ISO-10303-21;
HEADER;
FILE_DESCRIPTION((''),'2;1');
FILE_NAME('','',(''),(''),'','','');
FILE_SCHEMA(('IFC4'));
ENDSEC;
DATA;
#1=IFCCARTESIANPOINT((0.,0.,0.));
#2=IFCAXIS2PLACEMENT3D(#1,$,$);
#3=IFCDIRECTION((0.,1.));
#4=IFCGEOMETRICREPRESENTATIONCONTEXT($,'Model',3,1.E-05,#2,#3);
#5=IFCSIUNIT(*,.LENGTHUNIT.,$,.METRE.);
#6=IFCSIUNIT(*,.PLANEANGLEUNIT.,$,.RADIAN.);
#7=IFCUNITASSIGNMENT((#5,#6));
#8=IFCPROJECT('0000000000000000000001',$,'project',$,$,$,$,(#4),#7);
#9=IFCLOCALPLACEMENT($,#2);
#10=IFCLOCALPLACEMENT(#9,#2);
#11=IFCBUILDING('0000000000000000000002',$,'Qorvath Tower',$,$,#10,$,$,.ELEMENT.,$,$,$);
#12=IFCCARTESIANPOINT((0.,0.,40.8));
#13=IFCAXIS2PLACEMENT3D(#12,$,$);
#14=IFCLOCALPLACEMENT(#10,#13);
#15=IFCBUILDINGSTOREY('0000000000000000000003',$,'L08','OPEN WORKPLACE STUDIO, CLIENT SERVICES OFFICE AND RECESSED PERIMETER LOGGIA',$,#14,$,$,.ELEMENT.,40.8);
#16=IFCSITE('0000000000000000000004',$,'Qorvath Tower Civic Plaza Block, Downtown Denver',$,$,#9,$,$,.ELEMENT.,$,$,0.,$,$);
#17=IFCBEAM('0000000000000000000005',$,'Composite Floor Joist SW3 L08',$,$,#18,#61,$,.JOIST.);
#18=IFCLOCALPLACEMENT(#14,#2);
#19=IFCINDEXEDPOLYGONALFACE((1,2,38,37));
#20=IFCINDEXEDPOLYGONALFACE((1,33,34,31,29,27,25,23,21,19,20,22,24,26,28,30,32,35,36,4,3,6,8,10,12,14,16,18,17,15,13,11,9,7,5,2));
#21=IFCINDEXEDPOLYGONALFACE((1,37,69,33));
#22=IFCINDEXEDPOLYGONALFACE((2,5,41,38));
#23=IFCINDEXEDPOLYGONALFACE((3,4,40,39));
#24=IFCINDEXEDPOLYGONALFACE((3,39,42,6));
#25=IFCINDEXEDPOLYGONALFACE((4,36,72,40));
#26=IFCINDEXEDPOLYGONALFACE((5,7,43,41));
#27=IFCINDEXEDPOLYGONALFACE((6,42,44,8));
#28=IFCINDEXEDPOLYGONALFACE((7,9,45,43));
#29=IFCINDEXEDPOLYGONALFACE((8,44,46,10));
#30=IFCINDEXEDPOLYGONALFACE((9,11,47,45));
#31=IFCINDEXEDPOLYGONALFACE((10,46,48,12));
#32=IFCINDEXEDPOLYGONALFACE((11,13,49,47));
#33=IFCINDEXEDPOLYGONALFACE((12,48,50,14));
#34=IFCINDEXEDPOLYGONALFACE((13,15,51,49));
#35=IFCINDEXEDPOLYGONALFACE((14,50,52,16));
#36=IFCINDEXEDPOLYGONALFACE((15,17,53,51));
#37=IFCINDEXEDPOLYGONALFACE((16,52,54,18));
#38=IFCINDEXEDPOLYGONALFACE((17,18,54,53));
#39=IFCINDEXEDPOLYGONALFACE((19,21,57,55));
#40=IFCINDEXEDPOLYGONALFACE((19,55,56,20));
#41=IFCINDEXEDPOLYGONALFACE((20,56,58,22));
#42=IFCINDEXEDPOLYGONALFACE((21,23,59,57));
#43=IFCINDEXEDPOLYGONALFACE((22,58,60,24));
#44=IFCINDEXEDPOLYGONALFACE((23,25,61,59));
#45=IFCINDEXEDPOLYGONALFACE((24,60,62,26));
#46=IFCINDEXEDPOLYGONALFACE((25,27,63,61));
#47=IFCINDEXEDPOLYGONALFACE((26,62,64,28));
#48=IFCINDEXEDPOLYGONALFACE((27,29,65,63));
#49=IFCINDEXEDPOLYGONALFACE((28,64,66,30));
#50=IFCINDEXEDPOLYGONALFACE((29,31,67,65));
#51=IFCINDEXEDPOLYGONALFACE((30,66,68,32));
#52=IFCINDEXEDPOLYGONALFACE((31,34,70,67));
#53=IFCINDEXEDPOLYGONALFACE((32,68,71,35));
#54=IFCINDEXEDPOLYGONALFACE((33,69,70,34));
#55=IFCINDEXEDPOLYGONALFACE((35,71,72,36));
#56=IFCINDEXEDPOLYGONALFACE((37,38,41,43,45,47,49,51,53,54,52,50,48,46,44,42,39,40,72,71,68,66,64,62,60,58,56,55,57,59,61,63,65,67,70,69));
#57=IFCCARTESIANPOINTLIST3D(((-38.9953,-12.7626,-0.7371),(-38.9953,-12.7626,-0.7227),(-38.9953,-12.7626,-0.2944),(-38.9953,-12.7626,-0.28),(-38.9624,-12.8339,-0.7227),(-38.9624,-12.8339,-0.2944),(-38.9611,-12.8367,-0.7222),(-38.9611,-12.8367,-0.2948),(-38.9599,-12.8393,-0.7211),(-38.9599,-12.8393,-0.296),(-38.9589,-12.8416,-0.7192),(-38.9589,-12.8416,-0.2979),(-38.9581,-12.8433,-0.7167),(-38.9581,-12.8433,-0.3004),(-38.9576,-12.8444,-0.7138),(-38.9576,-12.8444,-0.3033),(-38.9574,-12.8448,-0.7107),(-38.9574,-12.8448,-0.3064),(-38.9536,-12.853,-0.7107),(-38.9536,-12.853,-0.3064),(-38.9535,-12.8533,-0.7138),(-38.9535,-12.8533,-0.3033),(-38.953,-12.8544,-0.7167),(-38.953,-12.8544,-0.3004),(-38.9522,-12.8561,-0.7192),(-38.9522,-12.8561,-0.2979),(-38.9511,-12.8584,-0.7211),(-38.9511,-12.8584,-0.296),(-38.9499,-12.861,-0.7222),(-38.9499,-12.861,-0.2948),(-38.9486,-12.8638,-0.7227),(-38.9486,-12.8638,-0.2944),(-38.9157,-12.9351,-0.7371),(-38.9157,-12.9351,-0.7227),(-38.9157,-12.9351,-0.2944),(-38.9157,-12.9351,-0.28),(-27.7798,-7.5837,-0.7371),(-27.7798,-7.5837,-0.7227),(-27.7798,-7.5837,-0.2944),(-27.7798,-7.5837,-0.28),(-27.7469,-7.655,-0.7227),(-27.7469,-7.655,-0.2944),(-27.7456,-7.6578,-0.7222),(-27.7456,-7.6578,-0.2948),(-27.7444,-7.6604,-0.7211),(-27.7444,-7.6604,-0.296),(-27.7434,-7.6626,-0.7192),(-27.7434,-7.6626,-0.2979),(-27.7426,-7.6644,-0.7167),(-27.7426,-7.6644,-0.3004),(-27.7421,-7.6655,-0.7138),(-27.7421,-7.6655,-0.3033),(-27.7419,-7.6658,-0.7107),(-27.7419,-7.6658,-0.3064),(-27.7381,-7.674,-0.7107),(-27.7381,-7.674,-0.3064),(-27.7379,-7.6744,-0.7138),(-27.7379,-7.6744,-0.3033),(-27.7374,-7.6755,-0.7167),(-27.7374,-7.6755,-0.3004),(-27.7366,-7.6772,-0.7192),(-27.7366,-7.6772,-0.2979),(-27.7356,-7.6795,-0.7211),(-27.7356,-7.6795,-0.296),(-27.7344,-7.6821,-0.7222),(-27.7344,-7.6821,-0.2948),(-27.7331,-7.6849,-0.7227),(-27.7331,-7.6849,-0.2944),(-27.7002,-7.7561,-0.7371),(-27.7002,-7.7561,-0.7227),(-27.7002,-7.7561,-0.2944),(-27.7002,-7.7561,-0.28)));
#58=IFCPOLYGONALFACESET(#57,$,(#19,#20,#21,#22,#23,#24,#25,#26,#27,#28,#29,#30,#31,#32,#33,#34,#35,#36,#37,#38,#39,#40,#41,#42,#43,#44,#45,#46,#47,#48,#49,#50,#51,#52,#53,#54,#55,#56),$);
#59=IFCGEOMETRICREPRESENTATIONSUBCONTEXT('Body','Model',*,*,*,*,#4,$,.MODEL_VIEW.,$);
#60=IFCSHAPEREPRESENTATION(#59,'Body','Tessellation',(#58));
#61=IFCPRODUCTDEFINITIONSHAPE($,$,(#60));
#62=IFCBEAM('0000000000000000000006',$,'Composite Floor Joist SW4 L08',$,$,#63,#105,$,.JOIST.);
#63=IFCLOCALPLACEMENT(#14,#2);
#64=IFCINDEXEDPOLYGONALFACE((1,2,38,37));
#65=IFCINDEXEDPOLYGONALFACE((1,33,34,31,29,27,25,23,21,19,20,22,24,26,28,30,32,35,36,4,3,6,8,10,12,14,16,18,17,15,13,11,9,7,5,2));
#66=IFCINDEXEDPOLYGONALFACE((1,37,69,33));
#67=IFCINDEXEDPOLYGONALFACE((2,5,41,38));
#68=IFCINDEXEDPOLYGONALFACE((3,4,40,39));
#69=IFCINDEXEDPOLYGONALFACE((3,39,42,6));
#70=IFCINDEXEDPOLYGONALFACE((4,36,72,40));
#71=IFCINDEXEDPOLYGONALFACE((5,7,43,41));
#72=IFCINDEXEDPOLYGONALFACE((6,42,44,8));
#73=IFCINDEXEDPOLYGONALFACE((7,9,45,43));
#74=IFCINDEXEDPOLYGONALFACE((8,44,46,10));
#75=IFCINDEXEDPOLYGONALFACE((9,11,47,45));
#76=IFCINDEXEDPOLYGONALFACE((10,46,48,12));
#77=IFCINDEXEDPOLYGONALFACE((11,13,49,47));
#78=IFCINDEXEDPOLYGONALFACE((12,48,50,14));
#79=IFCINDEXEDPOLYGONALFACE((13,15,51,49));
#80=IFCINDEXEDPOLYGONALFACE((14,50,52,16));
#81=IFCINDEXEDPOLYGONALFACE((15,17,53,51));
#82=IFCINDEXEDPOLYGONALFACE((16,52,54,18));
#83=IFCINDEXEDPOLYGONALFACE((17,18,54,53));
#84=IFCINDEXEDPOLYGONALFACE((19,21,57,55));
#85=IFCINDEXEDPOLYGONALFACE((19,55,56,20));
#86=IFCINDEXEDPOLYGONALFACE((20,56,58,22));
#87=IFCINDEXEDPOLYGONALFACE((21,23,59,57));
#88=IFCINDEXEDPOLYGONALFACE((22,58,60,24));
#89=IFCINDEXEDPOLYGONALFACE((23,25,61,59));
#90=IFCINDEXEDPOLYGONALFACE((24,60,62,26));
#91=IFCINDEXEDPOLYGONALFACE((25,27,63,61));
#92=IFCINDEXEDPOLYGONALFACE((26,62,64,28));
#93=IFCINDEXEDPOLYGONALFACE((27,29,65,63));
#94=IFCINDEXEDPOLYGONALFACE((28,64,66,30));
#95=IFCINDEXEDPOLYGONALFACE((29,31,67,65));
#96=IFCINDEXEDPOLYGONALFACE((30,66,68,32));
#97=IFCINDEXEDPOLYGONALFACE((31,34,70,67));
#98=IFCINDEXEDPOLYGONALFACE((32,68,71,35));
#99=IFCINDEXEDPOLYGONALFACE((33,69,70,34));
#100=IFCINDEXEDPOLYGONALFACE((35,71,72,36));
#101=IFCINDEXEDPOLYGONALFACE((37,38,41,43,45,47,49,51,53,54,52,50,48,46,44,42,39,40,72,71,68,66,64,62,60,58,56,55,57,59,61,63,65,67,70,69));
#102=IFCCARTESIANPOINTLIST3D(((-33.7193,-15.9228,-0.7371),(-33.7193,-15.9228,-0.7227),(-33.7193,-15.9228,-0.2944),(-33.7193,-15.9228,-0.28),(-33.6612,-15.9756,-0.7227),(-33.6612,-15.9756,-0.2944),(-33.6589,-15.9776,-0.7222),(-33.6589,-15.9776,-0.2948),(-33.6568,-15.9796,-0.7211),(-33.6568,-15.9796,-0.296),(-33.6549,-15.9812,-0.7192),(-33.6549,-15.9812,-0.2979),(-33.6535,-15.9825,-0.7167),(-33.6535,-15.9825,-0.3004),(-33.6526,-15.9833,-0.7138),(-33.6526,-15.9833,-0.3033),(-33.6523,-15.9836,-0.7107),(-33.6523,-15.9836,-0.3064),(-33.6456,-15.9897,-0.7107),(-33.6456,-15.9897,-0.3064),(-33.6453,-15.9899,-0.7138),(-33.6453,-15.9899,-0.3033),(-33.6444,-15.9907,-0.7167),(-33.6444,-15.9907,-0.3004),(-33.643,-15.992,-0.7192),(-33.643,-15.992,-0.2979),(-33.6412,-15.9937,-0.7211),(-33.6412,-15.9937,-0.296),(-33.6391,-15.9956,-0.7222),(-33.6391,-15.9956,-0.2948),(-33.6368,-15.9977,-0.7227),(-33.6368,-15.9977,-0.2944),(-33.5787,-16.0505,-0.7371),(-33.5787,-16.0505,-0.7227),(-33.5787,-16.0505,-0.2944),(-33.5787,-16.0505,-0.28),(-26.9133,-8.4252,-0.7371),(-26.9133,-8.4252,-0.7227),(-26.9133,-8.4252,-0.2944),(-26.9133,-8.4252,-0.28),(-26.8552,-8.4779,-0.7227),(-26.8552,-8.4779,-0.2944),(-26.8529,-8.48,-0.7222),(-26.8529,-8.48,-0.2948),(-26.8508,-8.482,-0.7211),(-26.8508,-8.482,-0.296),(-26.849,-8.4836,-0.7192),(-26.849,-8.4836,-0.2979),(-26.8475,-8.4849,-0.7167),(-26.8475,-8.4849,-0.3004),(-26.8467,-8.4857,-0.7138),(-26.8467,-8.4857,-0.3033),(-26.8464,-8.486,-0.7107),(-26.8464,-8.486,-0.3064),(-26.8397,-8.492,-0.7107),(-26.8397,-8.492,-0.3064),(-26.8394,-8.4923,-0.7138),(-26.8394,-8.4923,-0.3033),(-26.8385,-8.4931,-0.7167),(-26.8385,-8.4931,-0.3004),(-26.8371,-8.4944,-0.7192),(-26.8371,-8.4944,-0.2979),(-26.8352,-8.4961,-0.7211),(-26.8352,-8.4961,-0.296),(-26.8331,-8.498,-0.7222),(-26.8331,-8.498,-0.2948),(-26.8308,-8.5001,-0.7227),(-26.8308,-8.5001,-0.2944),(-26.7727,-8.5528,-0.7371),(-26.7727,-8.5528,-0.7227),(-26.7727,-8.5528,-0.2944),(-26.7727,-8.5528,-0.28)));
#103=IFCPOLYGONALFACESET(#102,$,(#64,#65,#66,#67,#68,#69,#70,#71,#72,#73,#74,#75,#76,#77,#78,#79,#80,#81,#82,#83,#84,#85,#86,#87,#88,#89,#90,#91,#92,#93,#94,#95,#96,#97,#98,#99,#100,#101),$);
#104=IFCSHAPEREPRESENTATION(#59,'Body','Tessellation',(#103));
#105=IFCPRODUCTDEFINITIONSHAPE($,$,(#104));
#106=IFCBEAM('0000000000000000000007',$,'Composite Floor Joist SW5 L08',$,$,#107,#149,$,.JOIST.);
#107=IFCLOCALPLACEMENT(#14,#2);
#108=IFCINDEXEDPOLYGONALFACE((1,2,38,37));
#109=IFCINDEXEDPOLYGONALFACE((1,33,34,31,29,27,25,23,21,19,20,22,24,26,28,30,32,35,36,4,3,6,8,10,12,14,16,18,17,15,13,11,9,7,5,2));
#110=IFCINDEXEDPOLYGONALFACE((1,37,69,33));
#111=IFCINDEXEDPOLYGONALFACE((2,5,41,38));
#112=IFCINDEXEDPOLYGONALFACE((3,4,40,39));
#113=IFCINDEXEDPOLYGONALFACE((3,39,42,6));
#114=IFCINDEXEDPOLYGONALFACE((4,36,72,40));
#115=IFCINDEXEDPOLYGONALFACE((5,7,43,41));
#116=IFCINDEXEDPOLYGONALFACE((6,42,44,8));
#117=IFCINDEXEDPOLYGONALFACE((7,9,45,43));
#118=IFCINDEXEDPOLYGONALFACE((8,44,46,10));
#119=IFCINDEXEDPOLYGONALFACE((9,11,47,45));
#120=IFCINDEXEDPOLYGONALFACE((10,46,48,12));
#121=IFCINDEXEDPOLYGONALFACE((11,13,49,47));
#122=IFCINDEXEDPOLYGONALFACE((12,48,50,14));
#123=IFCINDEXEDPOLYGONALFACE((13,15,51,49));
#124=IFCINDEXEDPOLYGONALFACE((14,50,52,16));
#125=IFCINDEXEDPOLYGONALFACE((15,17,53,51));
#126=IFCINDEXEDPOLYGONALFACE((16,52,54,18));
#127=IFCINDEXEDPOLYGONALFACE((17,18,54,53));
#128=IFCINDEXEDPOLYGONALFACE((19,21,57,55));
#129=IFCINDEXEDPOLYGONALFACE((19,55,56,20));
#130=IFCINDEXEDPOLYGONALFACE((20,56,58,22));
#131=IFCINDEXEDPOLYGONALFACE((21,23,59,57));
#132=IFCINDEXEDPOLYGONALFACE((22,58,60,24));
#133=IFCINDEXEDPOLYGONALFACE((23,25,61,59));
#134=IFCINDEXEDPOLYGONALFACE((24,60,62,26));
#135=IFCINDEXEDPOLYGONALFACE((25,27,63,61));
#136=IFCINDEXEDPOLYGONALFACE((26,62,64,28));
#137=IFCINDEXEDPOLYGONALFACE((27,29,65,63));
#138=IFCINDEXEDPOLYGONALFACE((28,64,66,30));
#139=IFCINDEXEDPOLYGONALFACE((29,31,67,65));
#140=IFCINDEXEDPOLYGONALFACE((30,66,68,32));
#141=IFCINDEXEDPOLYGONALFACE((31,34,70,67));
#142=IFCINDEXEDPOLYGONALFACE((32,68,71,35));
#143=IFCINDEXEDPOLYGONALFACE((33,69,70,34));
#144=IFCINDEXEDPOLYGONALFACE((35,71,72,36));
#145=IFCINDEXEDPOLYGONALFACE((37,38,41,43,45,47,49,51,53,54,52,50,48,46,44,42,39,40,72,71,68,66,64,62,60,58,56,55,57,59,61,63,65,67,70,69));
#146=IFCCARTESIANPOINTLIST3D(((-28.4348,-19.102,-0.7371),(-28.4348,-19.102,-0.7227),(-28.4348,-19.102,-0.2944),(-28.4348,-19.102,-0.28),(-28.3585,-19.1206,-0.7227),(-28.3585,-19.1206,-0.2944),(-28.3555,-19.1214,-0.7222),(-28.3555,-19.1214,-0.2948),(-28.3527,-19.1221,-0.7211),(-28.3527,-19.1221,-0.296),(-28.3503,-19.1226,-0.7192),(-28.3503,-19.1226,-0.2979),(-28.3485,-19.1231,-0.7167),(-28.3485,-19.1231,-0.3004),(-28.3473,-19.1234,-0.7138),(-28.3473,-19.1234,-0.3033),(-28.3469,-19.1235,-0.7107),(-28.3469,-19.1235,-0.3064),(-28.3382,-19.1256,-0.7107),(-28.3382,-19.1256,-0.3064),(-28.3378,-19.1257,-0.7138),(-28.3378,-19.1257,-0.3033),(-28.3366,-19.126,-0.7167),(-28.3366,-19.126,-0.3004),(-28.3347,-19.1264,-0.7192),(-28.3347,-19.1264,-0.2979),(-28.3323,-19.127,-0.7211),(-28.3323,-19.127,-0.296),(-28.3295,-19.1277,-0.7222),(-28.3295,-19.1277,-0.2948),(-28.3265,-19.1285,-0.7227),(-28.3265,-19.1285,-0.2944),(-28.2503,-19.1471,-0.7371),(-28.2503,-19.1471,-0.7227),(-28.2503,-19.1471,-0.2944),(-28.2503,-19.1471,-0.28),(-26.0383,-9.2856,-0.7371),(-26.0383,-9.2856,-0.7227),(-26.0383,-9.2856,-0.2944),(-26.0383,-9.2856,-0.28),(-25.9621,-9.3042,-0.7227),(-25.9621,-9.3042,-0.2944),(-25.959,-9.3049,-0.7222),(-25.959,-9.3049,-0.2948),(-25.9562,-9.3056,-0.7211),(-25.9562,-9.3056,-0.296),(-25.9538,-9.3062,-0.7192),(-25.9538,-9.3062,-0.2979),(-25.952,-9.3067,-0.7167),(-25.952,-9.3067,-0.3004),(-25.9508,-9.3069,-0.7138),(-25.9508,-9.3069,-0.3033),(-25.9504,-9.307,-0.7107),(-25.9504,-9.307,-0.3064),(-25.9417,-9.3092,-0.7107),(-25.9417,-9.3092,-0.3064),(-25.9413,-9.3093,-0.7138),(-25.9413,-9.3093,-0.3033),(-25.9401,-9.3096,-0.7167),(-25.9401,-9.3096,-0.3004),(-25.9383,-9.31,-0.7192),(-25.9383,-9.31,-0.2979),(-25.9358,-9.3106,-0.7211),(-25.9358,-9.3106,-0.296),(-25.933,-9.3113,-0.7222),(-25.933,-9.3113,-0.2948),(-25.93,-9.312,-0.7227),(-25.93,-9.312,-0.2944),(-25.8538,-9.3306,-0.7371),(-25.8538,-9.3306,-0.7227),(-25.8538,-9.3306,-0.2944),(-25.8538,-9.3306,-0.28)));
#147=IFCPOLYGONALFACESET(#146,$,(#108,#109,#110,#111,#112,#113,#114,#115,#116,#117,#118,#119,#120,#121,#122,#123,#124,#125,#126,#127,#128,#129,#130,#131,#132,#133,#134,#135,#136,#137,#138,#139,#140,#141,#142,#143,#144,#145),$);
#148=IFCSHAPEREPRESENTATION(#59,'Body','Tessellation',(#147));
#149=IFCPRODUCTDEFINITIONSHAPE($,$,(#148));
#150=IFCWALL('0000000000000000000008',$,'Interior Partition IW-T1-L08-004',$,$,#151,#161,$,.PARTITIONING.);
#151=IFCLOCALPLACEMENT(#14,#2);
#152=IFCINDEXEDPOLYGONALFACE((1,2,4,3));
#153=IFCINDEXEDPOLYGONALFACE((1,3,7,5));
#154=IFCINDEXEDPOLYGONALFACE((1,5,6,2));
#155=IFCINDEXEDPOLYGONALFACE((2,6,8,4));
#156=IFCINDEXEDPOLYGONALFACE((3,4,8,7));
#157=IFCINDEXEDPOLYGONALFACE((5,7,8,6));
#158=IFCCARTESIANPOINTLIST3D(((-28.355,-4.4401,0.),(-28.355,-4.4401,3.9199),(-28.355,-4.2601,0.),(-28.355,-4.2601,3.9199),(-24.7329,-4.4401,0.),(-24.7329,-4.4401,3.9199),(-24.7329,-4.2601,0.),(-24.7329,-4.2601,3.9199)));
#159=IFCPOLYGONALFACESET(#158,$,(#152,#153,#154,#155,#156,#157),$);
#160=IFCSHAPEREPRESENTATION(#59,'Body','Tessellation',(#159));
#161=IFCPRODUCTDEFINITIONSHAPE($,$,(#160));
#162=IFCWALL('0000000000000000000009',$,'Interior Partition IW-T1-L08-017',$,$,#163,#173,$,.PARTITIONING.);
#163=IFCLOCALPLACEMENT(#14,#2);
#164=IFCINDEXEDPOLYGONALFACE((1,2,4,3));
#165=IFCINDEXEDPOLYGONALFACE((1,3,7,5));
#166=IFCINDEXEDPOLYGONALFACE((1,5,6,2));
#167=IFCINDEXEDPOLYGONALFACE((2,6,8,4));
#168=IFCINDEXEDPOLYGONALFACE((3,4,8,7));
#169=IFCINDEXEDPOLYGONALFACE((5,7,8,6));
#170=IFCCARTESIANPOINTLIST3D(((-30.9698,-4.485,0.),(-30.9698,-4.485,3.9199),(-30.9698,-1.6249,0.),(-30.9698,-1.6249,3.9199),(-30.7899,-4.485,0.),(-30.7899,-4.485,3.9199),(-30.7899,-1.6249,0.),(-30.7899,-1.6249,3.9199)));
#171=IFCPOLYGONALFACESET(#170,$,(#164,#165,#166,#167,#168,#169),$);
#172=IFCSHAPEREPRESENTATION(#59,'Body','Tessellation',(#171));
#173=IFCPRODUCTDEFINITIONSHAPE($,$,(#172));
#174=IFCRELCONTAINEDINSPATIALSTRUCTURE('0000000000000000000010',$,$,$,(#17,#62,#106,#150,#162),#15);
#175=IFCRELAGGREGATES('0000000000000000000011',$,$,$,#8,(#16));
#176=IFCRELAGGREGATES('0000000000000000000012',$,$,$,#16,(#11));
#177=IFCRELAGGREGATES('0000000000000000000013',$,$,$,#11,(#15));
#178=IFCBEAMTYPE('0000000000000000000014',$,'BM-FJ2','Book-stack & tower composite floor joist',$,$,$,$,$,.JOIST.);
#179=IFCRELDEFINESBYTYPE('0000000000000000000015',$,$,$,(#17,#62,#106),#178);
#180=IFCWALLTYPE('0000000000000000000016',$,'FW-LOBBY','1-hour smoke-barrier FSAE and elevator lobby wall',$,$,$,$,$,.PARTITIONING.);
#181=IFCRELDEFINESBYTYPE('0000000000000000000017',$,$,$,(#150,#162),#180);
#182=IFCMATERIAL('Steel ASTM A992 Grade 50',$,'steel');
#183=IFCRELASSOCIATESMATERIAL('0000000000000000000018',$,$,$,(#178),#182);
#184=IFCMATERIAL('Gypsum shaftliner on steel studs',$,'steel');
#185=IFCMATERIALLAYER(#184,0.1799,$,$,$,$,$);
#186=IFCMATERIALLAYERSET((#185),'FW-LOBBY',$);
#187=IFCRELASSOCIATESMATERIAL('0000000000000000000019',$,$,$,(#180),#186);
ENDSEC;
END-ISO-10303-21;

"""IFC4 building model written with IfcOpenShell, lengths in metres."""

from ifc_helpers import new_model, si_unit, direction, frame, frame_2d, origin, origin_2d, place, context, subcontext, project, spatial, rectangle, i_section, extrude, material, layer, layer_set, material_profile, profile_set, type_object, element, save


model = new_model("IFC4")

# Units and contexts
model_context = context("Model", 3, precision=1e-05, world=origin(), true_north=direction((0.0, 1.0)))
body_context = subcontext(model_context, "Body", "Model", "MODEL_VIEW")
ifc_project = project(units=[si_unit("LENGTHUNIT", "METRE"), si_unit("PLANEANGLEUNIT", "RADIAN")], contexts=[model_context])

# Site, building, storey
site_placement = place(None, origin())
site = spatial("IfcSite", under=ifc_project, at=site_placement, Name="Qorvath Tower Civic Plaza Block, Downtown Denver", CompositionType="ELEMENT", RefElevation=0.0)
building_placement = place(site_placement, origin())
building = spatial("IfcBuilding", under=site, at=building_placement, Name="Qorvath Tower", CompositionType="ELEMENT")
storey_placement = place(building_placement, frame((0.0, 0.0, 40.8)))
storey = spatial("IfcBuildingStorey", under=building, at=storey_placement, Name="L08", Description="OPEN WORKPLACE STUDIO, CLIENT SERVICES OFFICE AND RECESSED PERIMETER LOGGIA", CompositionType="ELEMENT", Elevation=40.8)

# Beams
ifc_material_1 = material(Name="Steel ASTM A992 Grade 50", Category="steel")
ifc_material_profile_1 = material_profile(ifc_material_1, i_section(OverallWidth=0.1899, OverallDepth=0.457, WebThickness=0.009, FlangeThickness=0.0144, FilletRadius=0.012, at=origin_2d()), Name="W18x50")
ifc_profile_set_1 = profile_set([ifc_material_profile_1], Name="Steel ASTM A992 Grade 50")
beam_type_1 = type_object("IfcBeamType", Name="BM-FJ2", Description="Book-stack & tower composite floor joist", PredefinedType="JOIST", material=ifc_profile_set_1)
beam_1_placement = place(storey_placement, frame((-27.74, -7.6699, -0.5085), z_axis=(-0.907881, -0.419227, 0.0), x_axis=(0.419227, -0.907881, 0.0)))
element("IfcBeam", 1, at=beam_1_placement, inside=storey, type_object=beam_type_1, Name="Composite Floor Joist SW3 L08", PredefinedType="JOIST", context=body_context, shape_type="SweptSolid", body=[
    extrude(i_section(OverallWidth=0.1899, OverallDepth=0.457, WebThickness=0.009, FlangeThickness=0.0144, FilletRadius=0.012, at=origin_2d()), origin(), (0.0, 0.0, 1.0), 12.3535),
])
beam_2_placement = place(storey_placement, frame((-26.843, -8.489, -0.5085), z_axis=(-0.672129, -0.740434, 0.0), x_axis=(0.740434, -0.672129, 0.0)))
element("IfcBeam", 2, at=beam_2_placement, inside=storey, type_object=beam_type_1, Name="Composite Floor Joist SW4 L08", PredefinedType="JOIST", context=body_context, shape_type="SweptSolid", body=[
    extrude(i_section(OverallWidth=0.1899, OverallDepth=0.457, WebThickness=0.009, FlangeThickness=0.0144, FilletRadius=0.012, at=origin_2d()), origin(), (0.0, 0.0, 1.0), 10.126),
])
beam_3_placement = place(storey_placement, frame((-25.946, -9.3081, -0.5085), z_axis=(-0.237165, -0.971469, 0.0), x_axis=(0.971469, -0.237165, 0.0)))
element("IfcBeam", 3, at=beam_3_placement, inside=storey, type_object=beam_type_1, Name="Composite Floor Joist SW5 L08", PredefinedType="JOIST", context=body_context, shape_type="SweptSolid", body=[
    extrude(i_section(OverallWidth=0.1899, OverallDepth=0.457, WebThickness=0.009, FlangeThickness=0.0144, FilletRadius=0.012, at=origin_2d()), origin(), (0.0, 0.0, 1.0), 10.1047),
])

# Shared definitions
ifc_material_2 = material(Name="Gypsum shaftliner on steel studs", Category="steel")
ifc_layer_1 = layer(ifc_material_2, 0.1799)
ifc_layer_set_1 = layer_set([ifc_layer_1], Name="FW-LOBBY")
wall_type_1 = type_object("IfcWallType", Name="FW-LOBBY", Description="1-hour smoke-barrier FSAE and elevator lobby wall", PredefinedType="PARTITIONING", material=ifc_layer_set_1)

# Walls
wall_1_placement = place(storey_placement, frame((-24.7329, -4.3501, 0.0), z_axis=(0.0, 0.0, 1.0), x_axis=(-1.0, 0.0, 0.0)))
element("IfcWall", 4, at=wall_1_placement, inside=storey, type_object=wall_type_1, Name="Interior Partition IW-T1-L08-004", PredefinedType="PARTITIONING", context=body_context, shape_type="SweptSolid", body=[
    extrude(rectangle(XDim=3.6221, YDim=0.1799, at=frame_2d((1.811, 0.0))), origin(), (0.0, 0.0, 1.0), 3.9199),
])
wall_2_placement = place(storey_placement, frame((-30.8799, -4.4851, 0.0), z_axis=(0.0, 0.0, 1.0), x_axis=(0.0, 1.0, 0.0)))
element("IfcWall", 5, at=wall_2_placement, inside=storey, type_object=wall_type_1, Name="Interior Partition IW-T1-L08-017", PredefinedType="PARTITIONING", context=body_context, shape_type="SweptSolid", body=[
    extrude(rectangle(XDim=2.8601, YDim=0.1799, at=frame_2d((1.4302, 0.0))), origin(), (0.0, 0.0, 1.0), 3.9199),
])

save(model, "model.ifc")
